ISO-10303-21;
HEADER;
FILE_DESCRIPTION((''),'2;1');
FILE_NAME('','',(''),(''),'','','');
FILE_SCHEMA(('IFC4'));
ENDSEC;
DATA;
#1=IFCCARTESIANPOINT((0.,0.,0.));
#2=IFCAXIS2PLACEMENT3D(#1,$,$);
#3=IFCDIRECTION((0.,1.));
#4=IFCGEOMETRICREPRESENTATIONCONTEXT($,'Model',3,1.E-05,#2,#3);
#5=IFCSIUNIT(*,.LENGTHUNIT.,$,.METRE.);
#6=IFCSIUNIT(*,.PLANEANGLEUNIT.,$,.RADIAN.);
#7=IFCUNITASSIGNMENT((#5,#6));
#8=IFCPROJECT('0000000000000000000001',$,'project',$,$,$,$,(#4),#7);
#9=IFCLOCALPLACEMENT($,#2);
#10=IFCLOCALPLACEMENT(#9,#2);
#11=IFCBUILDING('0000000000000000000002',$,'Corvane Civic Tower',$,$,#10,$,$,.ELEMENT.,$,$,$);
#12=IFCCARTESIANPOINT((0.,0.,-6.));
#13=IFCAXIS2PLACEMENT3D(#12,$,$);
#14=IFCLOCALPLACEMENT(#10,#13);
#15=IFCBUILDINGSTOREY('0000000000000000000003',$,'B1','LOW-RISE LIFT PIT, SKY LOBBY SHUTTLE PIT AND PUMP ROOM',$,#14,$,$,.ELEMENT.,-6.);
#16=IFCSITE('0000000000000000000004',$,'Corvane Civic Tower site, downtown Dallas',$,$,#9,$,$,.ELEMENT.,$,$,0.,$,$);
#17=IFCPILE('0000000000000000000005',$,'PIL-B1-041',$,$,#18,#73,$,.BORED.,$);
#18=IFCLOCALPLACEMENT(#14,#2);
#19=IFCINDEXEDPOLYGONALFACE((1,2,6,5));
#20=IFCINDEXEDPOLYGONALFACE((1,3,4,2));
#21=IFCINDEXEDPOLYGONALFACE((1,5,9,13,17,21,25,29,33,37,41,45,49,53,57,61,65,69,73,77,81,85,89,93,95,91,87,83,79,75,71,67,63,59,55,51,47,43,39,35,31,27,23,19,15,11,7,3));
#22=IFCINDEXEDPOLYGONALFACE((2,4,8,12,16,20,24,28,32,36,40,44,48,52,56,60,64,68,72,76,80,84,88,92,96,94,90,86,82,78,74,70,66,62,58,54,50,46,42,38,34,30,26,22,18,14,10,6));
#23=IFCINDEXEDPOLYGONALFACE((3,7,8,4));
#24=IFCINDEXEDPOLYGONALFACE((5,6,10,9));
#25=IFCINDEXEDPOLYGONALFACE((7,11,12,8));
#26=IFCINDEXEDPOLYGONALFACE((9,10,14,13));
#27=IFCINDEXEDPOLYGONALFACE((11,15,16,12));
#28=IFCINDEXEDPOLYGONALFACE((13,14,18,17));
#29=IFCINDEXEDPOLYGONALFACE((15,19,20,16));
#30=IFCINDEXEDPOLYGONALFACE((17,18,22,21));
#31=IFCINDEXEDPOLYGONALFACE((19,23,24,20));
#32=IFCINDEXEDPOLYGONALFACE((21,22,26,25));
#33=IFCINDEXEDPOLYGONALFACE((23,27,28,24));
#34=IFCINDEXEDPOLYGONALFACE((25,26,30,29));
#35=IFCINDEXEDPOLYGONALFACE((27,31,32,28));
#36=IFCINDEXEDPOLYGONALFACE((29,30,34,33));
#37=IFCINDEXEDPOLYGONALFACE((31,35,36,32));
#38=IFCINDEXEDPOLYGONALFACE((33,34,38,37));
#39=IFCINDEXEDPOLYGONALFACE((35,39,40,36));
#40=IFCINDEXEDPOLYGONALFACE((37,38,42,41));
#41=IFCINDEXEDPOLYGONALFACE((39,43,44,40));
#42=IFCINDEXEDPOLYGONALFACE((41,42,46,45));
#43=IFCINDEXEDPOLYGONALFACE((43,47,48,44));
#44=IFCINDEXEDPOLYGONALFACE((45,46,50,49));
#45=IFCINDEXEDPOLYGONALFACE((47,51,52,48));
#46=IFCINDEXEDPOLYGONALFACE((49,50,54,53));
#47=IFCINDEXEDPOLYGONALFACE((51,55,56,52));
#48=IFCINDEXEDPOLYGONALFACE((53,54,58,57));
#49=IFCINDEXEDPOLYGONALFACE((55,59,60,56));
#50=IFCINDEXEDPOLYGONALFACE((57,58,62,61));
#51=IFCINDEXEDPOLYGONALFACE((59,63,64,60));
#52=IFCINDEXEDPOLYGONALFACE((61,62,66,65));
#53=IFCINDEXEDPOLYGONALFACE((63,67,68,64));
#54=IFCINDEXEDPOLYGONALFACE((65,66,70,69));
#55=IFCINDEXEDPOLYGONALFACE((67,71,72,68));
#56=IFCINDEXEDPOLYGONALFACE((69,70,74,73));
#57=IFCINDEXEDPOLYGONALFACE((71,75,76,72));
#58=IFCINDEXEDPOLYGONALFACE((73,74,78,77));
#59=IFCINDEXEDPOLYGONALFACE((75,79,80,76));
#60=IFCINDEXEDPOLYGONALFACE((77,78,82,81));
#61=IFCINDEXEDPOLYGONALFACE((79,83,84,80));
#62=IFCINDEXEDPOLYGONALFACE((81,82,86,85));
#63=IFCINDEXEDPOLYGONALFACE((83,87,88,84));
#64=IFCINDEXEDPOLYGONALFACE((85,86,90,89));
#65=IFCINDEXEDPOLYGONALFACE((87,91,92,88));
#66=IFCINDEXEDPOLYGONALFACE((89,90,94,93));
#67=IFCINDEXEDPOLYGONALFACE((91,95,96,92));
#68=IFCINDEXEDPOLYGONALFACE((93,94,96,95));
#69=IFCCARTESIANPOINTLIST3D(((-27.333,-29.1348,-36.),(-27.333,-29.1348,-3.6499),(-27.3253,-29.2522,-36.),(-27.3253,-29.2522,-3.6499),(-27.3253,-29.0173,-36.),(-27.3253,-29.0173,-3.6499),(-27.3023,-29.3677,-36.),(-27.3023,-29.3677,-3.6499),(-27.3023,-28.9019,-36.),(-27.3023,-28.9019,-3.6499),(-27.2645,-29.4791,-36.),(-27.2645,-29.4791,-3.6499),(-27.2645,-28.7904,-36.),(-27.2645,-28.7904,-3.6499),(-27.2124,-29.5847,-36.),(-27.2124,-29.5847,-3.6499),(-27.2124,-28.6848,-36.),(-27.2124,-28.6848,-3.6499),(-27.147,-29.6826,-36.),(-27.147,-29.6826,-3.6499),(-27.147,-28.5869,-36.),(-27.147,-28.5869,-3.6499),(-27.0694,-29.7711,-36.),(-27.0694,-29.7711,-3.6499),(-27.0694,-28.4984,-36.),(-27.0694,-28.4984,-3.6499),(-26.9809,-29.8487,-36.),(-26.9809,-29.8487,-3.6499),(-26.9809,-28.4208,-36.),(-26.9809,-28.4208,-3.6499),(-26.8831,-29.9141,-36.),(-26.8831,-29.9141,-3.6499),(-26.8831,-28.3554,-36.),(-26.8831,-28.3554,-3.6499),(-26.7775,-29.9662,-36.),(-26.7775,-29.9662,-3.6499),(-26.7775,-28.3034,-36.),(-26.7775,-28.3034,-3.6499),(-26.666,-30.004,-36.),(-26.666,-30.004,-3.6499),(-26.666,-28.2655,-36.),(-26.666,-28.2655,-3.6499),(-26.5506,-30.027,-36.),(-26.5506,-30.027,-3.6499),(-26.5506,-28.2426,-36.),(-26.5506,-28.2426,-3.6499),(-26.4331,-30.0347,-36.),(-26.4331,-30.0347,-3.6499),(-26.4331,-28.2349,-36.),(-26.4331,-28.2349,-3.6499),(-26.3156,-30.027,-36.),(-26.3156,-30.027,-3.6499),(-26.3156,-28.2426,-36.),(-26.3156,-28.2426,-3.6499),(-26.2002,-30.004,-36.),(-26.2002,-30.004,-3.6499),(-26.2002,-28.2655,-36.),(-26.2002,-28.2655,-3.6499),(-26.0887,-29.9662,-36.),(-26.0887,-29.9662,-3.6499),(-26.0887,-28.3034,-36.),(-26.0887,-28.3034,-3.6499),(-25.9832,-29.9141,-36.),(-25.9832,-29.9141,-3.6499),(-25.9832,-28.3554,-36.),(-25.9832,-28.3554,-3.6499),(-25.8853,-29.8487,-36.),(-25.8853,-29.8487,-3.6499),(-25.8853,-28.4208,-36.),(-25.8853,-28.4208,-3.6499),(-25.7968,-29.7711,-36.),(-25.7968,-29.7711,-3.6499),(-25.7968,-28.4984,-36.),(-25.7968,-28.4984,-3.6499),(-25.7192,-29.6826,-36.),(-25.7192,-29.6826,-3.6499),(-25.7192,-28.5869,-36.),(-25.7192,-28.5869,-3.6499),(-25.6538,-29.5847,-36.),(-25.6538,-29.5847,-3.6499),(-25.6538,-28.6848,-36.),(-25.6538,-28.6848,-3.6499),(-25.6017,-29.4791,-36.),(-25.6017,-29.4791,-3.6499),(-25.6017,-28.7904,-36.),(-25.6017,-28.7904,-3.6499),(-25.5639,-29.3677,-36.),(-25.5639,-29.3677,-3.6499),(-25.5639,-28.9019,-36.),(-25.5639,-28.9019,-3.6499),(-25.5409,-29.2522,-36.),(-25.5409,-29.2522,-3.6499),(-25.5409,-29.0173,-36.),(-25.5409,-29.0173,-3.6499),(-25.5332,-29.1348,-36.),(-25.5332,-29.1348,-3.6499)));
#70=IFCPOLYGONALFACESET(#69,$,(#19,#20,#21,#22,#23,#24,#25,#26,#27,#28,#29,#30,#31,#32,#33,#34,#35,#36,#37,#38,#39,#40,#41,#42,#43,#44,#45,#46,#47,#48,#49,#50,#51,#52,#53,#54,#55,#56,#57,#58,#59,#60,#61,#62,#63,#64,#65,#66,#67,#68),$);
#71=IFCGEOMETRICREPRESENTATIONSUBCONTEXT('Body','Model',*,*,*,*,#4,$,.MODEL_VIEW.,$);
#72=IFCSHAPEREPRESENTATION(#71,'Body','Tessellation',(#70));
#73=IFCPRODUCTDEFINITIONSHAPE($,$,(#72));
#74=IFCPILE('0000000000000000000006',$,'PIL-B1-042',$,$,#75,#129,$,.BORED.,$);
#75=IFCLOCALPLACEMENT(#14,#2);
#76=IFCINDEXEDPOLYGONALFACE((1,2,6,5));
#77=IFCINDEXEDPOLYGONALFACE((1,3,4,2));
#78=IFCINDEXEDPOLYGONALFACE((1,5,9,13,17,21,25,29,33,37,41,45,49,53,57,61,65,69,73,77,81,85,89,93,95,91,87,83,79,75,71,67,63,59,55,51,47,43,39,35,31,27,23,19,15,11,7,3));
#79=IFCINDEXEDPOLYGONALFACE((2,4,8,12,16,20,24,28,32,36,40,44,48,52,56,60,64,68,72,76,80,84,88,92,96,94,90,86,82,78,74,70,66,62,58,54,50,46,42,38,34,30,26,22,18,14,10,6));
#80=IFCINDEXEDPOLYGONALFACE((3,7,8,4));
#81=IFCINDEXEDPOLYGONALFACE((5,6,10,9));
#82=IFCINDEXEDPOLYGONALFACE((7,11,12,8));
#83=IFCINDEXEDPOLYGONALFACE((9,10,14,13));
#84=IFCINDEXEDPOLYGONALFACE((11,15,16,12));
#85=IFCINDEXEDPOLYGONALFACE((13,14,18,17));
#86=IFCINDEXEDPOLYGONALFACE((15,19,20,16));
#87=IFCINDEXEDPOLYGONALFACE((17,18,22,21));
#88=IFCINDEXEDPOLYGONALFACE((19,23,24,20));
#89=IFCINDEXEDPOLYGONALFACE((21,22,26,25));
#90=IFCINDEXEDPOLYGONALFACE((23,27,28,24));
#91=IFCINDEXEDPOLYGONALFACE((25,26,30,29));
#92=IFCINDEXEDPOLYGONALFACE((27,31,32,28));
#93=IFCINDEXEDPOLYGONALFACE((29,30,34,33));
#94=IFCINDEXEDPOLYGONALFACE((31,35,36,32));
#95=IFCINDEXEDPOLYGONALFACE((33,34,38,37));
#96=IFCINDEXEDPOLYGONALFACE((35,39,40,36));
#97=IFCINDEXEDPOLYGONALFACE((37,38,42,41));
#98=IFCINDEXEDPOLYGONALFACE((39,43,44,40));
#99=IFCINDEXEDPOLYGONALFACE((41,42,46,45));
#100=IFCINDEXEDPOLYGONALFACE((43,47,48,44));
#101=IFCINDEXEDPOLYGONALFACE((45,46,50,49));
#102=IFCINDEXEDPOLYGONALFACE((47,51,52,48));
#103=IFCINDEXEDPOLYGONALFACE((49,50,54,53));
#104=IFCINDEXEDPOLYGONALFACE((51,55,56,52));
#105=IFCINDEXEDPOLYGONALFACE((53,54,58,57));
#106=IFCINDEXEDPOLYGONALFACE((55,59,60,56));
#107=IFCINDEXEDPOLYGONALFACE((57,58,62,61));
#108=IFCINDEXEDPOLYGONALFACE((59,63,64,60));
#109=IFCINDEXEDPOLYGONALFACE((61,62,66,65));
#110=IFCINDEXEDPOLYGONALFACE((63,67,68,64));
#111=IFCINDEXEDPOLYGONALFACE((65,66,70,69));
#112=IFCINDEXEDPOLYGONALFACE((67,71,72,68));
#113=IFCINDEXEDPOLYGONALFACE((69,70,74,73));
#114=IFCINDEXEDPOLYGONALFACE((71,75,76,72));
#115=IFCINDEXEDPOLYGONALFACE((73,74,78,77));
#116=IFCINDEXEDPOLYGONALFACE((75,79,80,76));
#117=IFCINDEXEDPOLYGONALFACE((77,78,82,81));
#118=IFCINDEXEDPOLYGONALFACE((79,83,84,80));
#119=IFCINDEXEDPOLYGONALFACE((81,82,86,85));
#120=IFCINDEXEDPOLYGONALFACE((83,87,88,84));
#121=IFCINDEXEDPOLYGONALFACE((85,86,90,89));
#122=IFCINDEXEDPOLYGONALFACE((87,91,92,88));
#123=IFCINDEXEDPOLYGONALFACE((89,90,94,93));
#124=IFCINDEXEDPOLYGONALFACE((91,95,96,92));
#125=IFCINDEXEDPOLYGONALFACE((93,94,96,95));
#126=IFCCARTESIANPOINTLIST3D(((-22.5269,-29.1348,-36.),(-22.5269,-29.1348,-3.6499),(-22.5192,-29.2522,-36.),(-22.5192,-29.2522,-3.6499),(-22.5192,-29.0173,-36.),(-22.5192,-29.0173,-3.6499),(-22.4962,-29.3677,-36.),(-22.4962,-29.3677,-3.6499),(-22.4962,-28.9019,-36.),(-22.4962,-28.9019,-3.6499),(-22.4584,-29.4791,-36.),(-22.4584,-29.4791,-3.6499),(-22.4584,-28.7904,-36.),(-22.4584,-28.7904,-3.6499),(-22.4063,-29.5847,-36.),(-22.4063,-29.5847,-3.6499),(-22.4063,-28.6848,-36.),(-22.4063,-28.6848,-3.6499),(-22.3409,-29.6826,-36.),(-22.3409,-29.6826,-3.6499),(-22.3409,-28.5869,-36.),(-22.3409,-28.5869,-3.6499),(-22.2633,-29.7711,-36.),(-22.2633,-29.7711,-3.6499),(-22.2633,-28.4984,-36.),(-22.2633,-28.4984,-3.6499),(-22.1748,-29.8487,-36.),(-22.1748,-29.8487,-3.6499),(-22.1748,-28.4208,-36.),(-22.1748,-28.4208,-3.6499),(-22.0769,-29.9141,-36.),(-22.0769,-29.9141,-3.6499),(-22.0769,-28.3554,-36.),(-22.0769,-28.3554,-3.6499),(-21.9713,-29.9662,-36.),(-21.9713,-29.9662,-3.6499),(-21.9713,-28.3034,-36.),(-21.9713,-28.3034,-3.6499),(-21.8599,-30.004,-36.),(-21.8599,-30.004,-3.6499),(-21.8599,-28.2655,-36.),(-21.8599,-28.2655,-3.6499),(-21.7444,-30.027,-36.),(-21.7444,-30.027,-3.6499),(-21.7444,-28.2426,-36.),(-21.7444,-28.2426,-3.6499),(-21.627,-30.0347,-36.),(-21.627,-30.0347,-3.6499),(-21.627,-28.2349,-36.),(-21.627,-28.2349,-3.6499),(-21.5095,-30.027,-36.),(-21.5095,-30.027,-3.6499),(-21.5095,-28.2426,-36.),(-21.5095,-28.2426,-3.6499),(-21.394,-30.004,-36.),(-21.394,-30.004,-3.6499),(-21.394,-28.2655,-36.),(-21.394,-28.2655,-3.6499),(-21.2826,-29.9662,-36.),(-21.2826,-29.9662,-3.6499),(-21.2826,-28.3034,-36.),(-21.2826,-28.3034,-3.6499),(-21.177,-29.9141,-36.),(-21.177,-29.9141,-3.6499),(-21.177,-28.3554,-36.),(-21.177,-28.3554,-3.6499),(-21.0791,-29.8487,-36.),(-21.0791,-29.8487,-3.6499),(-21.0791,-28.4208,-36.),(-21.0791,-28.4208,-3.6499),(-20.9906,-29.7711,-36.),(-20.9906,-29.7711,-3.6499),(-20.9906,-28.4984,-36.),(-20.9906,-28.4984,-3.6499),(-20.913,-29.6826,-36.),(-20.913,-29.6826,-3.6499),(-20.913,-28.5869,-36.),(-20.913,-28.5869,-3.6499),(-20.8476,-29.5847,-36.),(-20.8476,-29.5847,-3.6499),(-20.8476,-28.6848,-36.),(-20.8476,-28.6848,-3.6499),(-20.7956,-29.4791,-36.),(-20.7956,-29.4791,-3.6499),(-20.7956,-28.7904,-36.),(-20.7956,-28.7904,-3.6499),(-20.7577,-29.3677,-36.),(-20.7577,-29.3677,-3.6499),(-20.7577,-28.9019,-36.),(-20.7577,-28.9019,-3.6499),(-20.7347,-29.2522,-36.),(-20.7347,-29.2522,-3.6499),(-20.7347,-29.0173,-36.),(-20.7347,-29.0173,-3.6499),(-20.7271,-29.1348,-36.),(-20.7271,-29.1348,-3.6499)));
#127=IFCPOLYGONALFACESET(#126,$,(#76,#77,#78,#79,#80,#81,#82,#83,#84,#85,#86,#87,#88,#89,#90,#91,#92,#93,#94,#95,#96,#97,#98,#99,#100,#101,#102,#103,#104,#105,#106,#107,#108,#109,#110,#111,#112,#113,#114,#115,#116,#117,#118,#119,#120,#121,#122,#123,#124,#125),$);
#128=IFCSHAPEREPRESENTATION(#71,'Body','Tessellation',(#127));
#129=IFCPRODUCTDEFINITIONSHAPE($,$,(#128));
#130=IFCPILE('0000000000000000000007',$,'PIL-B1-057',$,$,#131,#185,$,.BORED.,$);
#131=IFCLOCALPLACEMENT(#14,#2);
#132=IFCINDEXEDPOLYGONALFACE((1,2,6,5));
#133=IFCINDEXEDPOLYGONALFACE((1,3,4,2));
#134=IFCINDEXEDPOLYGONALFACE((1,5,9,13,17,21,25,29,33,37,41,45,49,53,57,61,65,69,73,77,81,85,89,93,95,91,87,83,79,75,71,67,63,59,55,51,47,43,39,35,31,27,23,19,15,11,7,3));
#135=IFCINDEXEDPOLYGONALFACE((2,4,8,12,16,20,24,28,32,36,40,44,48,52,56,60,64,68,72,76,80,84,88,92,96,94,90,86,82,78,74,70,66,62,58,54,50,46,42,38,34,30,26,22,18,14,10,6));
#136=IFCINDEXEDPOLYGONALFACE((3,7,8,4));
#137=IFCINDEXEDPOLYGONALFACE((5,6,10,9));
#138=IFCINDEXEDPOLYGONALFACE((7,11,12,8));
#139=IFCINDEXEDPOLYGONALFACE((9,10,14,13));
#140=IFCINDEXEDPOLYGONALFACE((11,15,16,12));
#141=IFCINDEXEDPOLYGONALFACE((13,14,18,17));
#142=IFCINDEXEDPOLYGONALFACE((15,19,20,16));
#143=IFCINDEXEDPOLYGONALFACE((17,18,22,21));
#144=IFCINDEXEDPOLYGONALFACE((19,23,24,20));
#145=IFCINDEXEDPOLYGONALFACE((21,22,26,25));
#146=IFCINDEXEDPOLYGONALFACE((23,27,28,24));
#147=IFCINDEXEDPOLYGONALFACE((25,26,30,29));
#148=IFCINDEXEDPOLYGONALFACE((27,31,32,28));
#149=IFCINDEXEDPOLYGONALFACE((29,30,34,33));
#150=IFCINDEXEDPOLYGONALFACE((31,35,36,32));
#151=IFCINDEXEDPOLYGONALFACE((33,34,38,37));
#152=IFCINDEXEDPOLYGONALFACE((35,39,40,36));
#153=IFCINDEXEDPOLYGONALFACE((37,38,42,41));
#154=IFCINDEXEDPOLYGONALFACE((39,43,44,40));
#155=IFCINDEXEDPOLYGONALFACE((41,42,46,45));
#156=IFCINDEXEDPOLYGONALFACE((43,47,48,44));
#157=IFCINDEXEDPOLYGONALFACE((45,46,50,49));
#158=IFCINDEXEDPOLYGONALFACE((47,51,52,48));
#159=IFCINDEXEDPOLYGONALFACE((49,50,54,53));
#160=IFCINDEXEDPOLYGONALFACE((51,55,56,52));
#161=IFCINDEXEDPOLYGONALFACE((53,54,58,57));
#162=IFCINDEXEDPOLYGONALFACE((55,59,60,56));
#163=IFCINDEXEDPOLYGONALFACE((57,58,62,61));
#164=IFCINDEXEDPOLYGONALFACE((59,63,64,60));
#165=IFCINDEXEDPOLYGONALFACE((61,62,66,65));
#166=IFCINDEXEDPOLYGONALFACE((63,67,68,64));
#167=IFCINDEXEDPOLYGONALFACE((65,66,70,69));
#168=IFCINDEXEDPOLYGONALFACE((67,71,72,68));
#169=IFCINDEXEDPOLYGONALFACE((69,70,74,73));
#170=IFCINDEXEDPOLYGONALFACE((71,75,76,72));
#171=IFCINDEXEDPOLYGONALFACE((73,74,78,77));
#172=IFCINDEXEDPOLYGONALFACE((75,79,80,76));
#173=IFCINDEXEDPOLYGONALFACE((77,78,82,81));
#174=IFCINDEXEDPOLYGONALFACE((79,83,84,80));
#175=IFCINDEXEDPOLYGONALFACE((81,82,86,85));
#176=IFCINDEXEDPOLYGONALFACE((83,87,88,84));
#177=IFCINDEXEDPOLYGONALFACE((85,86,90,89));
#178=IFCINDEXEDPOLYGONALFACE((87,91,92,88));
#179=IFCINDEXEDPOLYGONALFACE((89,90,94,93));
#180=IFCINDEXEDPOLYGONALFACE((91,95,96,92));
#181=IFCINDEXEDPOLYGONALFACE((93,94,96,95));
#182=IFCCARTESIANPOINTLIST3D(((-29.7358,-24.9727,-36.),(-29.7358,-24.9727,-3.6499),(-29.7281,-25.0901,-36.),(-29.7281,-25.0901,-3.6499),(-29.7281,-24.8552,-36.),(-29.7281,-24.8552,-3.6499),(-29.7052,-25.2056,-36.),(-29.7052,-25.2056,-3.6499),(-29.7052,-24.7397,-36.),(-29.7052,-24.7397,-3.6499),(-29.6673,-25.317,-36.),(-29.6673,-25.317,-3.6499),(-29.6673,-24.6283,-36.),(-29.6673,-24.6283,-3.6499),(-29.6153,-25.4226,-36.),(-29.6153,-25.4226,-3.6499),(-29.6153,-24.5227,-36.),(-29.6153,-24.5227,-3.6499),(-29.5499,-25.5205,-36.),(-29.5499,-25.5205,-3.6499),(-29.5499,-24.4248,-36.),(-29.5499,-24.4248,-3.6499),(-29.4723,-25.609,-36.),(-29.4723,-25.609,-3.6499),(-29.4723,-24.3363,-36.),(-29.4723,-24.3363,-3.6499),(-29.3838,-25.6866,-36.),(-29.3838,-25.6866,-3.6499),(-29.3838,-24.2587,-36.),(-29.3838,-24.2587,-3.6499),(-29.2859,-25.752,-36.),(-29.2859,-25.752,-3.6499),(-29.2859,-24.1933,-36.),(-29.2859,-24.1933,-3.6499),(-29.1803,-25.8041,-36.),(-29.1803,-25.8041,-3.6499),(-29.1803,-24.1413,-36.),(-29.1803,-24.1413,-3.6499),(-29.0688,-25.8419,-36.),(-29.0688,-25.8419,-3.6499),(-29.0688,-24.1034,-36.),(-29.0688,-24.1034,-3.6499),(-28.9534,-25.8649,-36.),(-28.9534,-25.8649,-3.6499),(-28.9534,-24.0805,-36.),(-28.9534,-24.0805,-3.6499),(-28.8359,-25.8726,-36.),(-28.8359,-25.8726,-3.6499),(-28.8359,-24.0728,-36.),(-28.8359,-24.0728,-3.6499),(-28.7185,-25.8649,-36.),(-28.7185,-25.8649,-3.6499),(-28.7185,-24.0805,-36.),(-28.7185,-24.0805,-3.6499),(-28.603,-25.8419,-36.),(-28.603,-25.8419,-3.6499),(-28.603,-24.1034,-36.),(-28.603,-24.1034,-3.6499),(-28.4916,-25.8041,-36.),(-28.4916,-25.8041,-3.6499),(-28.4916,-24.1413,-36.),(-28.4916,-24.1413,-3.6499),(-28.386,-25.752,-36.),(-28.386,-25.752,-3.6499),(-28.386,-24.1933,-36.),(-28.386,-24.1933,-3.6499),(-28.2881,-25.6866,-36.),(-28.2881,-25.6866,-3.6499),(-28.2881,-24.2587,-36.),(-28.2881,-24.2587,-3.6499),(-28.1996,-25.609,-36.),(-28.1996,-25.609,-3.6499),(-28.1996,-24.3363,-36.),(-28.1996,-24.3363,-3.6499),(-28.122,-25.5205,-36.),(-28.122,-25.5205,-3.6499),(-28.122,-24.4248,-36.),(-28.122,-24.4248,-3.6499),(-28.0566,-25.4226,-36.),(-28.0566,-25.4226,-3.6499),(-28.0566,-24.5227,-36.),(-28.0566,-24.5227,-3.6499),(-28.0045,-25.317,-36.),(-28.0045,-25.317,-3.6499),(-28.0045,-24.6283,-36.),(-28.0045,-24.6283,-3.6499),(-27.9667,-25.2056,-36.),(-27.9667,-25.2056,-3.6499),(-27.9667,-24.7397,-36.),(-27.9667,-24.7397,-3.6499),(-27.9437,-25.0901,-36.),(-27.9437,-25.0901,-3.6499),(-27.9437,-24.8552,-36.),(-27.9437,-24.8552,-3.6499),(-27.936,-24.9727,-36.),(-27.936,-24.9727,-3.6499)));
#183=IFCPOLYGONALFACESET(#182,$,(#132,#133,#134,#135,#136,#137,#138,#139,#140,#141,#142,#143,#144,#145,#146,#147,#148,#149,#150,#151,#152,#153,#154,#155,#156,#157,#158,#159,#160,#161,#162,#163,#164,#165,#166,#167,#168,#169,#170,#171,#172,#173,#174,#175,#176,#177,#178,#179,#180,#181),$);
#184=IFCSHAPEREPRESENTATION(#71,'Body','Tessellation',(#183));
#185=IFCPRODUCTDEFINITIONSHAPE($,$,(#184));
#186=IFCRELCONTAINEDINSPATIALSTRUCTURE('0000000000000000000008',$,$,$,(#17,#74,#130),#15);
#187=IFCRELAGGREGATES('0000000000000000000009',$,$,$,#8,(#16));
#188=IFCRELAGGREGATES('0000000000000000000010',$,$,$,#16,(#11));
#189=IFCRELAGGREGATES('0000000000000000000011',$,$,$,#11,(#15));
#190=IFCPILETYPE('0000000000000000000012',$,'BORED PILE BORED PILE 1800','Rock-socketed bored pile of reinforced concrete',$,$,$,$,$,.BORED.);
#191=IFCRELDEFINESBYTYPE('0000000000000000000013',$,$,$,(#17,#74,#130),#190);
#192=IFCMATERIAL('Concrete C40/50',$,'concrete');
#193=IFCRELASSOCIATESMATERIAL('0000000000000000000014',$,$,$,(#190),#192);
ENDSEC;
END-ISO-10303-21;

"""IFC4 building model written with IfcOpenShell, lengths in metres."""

from ifc_helpers import new_model, si_unit, direction, frame, origin, origin_2d, place, context, subcontext, project, spatial, circle, extrude, material, material_profile, profile_set, type_object, element, save


model = new_model("IFC4")

# Units and contexts
model_context = context("Model", 3, precision=1e-05, world=origin(), true_north=direction((0.0, 1.0)))
body_context = subcontext(model_context, "Body", "Model", "MODEL_VIEW")
ifc_project = project(units=[si_unit("LENGTHUNIT", "METRE"), si_unit("PLANEANGLEUNIT", "RADIAN")], contexts=[model_context])

# Site, building, storey
site_placement = place(None, origin())
site = spatial("IfcSite", under=ifc_project, at=site_placement, Name="Corvane Civic Tower site, downtown Dallas", CompositionType="ELEMENT", RefElevation=0.0)
building_placement = place(site_placement, origin())
building = spatial("IfcBuilding", under=site, at=building_placement, Name="Corvane Civic Tower", CompositionType="ELEMENT")
storey_placement = place(building_placement, frame((0.0, 0.0, -6.0)))
storey = spatial("IfcBuildingStorey", under=building, at=storey_placement, Name="B1", Description="LOW-RISE LIFT PIT, SKY LOBBY SHUTTLE PIT AND PUMP ROOM", CompositionType="ELEMENT", Elevation=-6.0)

# Piles
ifc_material_1 = material(Name="Concrete C40/50", Category="concrete")
ifc_material_profile_1 = material_profile(ifc_material_1, circle(Radius=0.8999, at=origin_2d()), Name="BORED PILE 1800")
ifc_profile_set_1 = profile_set([ifc_material_profile_1], Name="Concrete C40/50")
pile_type_1 = type_object("IfcPileType", Name="BORED PILE BORED PILE 1800", Description="Rock-socketed bored pile of reinforced concrete", PredefinedType="BORED", material=ifc_profile_set_1)
for number, where, z_axis, x_axis, name in (
    (1, (-26.4331, -29.1348, -3.6499), (0.0, 0.0, -1.0), (1.0, 0.0, 0.0), "PIL-B1-041"),
    (2, (-21.627, -29.1348, -3.6499), (0.0, 0.0, -1.0), (1.0, 0.0, 0.0), "PIL-B1-042"),
    (3, (-28.8359, -24.9727, -3.6499), (0.0, 0.0, -1.0), (1.0, 0.0, 0.0), "PIL-B1-057"),
):
    element("IfcPile", number, at=place(storey_placement, frame(where, z_axis=z_axis, x_axis=x_axis)), inside=storey, type_object=pile_type_1, Name=name, PredefinedType="BORED", context=body_context, shape_type="SweptSolid", body=[
        extrude(circle(Radius=0.8999, at=origin_2d()), origin(), (0.0, 0.0, 1.0), 32.3501),
    ])

save(model, "model.ifc")
